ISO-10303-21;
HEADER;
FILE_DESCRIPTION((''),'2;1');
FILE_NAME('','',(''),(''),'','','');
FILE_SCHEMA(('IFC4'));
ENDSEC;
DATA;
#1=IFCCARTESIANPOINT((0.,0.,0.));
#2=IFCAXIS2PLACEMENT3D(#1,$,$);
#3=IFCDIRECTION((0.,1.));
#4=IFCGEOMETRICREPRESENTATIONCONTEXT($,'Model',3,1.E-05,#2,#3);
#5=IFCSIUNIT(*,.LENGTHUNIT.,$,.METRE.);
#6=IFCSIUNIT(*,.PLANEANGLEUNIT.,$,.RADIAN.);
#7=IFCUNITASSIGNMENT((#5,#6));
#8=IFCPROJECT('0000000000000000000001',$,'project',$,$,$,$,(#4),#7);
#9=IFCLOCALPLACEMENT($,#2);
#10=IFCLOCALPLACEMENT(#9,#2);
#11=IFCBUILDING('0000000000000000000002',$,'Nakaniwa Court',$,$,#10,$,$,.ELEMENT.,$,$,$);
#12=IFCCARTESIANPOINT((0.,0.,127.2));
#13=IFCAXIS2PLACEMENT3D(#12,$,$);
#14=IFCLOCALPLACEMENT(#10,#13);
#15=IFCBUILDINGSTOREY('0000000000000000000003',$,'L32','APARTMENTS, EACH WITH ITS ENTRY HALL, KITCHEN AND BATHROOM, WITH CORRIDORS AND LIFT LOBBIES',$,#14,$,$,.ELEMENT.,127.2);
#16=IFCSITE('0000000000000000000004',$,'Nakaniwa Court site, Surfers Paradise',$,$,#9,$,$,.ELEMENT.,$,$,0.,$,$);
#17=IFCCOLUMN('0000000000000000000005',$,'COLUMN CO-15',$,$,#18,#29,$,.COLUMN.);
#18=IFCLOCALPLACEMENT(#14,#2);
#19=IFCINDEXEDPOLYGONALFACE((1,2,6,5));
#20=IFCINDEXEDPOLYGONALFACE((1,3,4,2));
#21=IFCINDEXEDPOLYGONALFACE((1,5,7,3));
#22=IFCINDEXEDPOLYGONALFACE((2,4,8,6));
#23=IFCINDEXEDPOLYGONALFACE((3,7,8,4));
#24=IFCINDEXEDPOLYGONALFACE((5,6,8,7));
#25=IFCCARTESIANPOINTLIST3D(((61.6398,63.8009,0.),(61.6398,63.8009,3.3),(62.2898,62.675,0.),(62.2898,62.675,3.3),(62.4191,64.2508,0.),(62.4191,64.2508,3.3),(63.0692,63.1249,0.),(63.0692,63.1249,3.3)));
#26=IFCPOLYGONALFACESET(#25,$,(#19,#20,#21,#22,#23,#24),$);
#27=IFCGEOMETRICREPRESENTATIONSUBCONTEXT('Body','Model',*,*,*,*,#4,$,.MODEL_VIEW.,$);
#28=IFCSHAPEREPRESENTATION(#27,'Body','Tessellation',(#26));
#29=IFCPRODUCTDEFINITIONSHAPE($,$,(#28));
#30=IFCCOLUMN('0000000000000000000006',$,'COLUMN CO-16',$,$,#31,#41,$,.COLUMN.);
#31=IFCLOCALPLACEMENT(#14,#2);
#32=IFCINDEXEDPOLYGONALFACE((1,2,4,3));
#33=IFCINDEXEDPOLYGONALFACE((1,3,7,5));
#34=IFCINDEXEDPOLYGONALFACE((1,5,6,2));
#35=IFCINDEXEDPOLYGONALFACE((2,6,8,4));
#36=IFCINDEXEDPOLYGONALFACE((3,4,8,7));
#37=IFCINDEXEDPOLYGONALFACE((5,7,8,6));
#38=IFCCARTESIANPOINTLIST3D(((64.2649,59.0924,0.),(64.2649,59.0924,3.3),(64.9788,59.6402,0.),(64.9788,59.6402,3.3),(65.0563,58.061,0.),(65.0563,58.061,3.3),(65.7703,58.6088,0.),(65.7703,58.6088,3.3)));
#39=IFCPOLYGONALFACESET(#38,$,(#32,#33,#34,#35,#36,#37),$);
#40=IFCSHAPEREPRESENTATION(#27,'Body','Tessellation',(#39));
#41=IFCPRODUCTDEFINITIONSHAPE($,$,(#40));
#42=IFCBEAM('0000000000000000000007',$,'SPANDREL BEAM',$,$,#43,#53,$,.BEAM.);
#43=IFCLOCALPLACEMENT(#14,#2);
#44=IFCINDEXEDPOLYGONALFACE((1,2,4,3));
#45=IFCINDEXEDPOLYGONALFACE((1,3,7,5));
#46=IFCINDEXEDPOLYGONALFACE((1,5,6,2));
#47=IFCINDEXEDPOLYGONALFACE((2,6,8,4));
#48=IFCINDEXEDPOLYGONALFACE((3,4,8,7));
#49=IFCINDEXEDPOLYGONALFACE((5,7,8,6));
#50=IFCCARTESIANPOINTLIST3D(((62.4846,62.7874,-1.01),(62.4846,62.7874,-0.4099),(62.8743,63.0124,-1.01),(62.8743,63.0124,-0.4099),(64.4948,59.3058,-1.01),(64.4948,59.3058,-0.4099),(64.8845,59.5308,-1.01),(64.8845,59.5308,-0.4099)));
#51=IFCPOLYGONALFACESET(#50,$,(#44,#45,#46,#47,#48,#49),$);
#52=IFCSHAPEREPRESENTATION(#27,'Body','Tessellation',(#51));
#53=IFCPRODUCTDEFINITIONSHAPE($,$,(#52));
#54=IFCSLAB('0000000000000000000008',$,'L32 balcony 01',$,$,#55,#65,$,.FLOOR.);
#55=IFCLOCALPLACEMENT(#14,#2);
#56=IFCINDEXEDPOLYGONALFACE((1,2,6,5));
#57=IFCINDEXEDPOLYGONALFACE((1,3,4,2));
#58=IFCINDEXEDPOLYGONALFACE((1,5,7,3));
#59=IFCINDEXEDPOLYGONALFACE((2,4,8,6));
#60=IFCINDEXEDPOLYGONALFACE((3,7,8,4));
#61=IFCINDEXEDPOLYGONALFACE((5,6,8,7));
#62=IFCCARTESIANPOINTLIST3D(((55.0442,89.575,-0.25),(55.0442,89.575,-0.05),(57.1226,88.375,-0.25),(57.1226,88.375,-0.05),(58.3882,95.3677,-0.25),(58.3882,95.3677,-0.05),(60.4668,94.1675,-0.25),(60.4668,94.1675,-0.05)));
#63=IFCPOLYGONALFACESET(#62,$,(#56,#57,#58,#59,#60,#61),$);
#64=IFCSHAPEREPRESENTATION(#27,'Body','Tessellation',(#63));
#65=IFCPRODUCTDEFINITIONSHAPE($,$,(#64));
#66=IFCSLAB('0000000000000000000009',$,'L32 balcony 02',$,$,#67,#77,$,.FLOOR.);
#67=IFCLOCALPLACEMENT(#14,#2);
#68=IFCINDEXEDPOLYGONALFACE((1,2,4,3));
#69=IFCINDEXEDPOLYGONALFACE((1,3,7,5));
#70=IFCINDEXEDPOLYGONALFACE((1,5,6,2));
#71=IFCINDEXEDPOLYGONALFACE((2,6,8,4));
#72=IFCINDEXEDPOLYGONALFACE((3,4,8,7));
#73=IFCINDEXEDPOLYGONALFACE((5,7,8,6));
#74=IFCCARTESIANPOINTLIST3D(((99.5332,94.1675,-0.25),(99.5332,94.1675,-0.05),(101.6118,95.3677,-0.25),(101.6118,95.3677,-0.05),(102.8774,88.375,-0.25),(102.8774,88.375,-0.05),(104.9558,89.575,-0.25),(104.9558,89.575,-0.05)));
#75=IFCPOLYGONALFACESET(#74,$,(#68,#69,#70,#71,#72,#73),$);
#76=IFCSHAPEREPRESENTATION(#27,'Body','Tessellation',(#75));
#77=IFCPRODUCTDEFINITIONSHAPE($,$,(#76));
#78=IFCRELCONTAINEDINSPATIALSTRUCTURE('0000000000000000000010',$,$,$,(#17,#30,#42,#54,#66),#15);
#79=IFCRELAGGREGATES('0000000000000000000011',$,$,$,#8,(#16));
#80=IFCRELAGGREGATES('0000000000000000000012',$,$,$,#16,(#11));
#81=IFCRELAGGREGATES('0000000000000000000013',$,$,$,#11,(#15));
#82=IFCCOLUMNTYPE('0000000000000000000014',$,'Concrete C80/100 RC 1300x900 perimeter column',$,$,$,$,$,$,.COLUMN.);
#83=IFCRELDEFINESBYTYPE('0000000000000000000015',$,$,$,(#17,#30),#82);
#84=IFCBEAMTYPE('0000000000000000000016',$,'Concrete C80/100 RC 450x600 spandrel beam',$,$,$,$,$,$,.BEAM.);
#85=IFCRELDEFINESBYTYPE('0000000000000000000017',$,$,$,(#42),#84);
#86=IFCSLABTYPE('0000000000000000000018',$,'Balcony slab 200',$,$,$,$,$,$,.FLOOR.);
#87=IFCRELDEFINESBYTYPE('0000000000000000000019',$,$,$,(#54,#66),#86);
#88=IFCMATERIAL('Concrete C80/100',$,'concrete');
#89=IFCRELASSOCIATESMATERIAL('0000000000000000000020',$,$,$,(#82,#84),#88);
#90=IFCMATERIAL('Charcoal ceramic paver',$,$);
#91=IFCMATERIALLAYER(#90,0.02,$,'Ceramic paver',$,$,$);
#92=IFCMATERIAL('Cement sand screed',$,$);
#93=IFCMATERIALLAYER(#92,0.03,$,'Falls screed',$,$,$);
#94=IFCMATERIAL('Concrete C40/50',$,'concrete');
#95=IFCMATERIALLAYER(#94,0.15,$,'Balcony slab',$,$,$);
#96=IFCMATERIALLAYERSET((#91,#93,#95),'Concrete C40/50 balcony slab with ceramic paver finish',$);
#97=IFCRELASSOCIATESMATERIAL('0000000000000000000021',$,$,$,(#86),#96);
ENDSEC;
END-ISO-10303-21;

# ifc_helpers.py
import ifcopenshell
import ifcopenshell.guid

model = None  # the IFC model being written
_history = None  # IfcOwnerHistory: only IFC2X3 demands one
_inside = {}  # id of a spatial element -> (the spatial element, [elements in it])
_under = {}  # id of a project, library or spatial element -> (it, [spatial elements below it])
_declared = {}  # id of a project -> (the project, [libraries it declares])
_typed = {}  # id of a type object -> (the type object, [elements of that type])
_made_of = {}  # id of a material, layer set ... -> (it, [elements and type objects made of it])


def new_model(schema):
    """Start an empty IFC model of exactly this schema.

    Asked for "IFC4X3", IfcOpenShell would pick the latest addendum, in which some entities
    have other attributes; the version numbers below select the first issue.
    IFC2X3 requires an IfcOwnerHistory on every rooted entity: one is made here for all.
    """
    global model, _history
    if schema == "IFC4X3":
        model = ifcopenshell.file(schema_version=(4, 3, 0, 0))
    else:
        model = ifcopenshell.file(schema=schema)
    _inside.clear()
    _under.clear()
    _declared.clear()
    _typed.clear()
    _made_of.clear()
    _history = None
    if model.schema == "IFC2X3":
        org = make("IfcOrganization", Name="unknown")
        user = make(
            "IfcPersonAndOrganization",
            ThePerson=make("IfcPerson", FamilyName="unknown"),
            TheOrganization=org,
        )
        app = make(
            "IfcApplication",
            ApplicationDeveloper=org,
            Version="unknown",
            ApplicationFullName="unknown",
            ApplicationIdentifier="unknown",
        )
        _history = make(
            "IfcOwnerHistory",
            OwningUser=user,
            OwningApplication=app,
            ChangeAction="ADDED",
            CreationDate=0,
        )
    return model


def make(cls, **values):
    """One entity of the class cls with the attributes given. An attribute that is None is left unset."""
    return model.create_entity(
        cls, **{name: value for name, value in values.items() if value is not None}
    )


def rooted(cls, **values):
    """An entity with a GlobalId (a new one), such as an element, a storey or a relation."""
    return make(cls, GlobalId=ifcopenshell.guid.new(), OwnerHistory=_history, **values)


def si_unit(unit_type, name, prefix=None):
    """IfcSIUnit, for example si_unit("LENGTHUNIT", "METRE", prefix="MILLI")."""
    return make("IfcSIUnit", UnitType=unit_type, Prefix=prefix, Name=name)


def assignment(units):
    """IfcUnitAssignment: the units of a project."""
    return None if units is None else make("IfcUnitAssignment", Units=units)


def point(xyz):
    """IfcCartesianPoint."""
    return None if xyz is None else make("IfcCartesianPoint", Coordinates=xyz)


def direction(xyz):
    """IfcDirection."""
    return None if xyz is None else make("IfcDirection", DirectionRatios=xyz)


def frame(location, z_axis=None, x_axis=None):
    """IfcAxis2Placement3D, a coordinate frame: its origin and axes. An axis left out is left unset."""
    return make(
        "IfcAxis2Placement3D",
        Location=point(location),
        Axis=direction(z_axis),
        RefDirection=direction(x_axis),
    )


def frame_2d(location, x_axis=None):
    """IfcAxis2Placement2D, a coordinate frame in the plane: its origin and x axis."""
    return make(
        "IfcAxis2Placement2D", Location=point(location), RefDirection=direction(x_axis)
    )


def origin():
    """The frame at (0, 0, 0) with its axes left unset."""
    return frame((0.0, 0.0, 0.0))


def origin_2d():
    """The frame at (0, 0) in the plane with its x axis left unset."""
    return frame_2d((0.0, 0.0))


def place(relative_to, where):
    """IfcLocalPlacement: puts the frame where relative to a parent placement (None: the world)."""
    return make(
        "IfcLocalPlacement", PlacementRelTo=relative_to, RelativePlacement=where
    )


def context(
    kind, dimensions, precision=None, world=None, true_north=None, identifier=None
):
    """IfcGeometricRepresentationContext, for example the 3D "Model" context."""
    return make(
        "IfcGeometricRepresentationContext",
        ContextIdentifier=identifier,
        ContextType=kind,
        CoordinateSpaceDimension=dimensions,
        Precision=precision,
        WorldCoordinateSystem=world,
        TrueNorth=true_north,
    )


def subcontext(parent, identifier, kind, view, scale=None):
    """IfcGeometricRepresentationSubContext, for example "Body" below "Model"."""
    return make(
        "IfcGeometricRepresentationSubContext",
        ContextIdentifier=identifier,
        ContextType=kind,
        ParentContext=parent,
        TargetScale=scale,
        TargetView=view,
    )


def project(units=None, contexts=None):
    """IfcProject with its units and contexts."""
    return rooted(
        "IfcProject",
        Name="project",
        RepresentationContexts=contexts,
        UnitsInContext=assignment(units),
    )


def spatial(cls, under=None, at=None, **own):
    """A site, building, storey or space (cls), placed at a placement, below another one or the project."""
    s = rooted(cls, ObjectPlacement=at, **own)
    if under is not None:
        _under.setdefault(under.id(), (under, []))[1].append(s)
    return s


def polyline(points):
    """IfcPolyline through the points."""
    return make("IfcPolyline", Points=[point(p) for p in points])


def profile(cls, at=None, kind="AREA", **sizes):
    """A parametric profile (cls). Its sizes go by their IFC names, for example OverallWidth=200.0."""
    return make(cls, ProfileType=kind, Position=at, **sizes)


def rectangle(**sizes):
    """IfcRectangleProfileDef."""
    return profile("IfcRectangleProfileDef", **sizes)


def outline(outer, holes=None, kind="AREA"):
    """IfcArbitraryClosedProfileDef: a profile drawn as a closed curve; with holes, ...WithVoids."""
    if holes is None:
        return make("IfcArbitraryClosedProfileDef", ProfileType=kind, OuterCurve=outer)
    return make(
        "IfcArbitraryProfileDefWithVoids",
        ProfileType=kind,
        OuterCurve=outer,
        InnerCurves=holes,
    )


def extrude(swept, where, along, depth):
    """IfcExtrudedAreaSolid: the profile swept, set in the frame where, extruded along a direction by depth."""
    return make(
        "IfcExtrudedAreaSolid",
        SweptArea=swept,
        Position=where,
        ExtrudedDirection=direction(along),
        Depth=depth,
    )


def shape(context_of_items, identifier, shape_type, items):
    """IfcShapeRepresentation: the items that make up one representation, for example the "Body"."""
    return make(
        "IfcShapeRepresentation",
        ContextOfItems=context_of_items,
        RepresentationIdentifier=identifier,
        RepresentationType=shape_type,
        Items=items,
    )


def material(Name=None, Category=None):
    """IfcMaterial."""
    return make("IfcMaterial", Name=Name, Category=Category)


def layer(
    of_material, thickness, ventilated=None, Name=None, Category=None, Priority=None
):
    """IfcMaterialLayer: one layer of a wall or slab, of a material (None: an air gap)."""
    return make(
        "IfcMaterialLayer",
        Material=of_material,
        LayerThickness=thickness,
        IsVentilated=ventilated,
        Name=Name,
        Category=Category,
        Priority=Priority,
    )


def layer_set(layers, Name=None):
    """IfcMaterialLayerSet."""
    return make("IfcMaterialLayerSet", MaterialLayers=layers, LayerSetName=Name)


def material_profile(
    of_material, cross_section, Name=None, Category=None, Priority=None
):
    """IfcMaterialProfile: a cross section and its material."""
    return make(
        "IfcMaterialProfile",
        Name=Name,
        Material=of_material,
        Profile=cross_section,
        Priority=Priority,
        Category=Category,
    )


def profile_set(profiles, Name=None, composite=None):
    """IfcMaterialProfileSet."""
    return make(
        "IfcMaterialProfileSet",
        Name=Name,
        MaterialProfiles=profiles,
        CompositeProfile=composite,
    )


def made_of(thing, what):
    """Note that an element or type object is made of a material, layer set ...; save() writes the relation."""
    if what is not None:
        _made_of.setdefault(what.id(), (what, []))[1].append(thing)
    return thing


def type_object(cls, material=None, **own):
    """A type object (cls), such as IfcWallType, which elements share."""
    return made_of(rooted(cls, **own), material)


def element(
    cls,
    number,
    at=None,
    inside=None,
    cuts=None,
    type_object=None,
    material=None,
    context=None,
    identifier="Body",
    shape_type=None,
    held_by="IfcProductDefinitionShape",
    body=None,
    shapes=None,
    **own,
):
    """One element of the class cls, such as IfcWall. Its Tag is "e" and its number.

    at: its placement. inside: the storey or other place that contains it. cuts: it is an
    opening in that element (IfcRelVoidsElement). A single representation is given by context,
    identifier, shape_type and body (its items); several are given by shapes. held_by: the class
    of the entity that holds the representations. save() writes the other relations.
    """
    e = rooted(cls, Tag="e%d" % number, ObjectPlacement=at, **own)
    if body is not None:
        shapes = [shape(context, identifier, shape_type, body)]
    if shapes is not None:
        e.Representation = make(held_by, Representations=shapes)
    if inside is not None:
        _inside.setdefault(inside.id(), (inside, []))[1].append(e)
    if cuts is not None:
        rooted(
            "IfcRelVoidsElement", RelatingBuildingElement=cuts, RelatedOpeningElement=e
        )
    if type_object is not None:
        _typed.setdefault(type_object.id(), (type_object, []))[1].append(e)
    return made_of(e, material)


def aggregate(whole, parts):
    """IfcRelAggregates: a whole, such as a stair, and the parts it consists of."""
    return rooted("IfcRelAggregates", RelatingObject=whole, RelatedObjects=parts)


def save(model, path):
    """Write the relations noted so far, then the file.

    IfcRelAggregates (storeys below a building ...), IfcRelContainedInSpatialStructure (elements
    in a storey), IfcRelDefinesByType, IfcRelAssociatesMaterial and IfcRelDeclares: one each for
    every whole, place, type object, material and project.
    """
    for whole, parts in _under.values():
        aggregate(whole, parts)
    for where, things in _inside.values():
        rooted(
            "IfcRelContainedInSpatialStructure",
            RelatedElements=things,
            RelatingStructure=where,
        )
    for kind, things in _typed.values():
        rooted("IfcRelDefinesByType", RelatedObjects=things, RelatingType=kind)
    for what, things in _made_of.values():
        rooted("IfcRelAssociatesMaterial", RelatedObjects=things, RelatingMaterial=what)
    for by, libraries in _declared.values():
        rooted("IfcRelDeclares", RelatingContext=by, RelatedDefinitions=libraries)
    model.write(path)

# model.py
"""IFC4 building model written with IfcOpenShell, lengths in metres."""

from ifc_helpers import new_model, si_unit, direction, frame, origin, origin_2d, place, context, subcontext, project, spatial, polyline, rectangle, outline, extrude, material, layer, layer_set, material_profile, profile_set, type_object, element, save


model = new_model("IFC4")

# Units and contexts
model_context = context("Model", 3, precision=1e-05, world=origin(), true_north=direction((0.0, 1.0)))
body_context = subcontext(model_context, "Body", "Model", "MODEL_VIEW")
ifc_project = project(units=[si_unit("LENGTHUNIT", "METRE"), si_unit("PLANEANGLEUNIT", "RADIAN")], contexts=[model_context])

# Site, building, storey
site_placement = place(None, origin())
site = spatial("IfcSite", under=ifc_project, at=site_placement, Name="Nakaniwa Court site, Surfers Paradise", CompositionType="ELEMENT", RefElevation=0.0)
building_placement = place(site_placement, origin())
building = spatial("IfcBuilding", under=site, at=building_placement, Name="Nakaniwa Court", CompositionType="ELEMENT")
storey_placement = place(building_placement, frame((0.0, 0.0, 127.2)))
storey = spatial("IfcBuildingStorey", under=building, at=storey_placement, Name="L32", Description="APARTMENTS, EACH WITH ITS ENTRY HALL, KITCHEN AND BATHROOM, WITH CORRIDORS AND LIFT LOBBIES", CompositionType="ELEMENT", Elevation=127.2)

# Columns
ifc_material_1 = material(Name="Concrete C80/100", Category="concrete")
ifc_material_profile_1 = material_profile(ifc_material_1, rectangle(XDim=1.3, YDim=0.8999, at=origin_2d()), Name="Concrete C80/100 RC 1300x900 perimeter column")
ifc_profile_set_1 = profile_set([ifc_material_profile_1], Name="Concrete C80/100")
column_type = type_object("IfcColumnType", Name="Concrete C80/100 RC 1300x900 perimeter column", PredefinedType="COLUMN", material=ifc_profile_set_1)
for number, where, z_axis, x_axis, name in (
    (1, (62.3545, 63.4629, 0.0), (0.0, 0.0, 1.0), (0.5, -0.866025, 0.0), "COLUMN CO-15"),
    (2, (65.0176, 58.8506, 0.0), (0.0, 0.0, 1.0), (0.608761, -0.793353, 0.0), "COLUMN CO-16"),
):
    element("IfcColumn", number, at=place(storey_placement, frame(where, z_axis=z_axis, x_axis=x_axis)), inside=storey, type_object=column_type, Name=name, PredefinedType="COLUMN", context=body_context, shape_type="SweptSolid", body=[
        extrude(rectangle(XDim=1.3, YDim=0.8999, at=origin_2d()), origin(), (0.0, 0.0, 1.0), 3.3),
    ])

# Beam
ifc_material_profile_2 = material_profile(ifc_material_1, rectangle(XDim=0.45, YDim=0.6001, at=origin_2d()), Name="Concrete C80/100 RC 450x600 spandrel beam")
ifc_profile_set_2 = profile_set([ifc_material_profile_2], Name="Concrete C80/100")
beam_type = type_object("IfcBeamType", Name="Concrete C80/100 RC 450x600 spandrel beam", PredefinedType="BEAM", material=ifc_profile_set_2)
beam_placement = place(storey_placement, frame((62.6794, 62.8999, -0.71), z_axis=(0.500019, -0.866015, 0.0), x_axis=(0.866015, 0.500019, 0.0)))
element("IfcBeam", 3, at=beam_placement, inside=storey, type_object=beam_type, Name="SPANDREL BEAM", PredefinedType="BEAM", context=body_context, shape_type="SweptSolid", body=[
    extrude(rectangle(XDim=0.45, YDim=0.6001, at=origin_2d()), origin(), (0.0, 0.0, 1.0), 4.0203),
])

# Slabs
ifc_material_2 = material(Name="Charcoal ceramic paver")
ifc_layer_1 = layer(ifc_material_2, 0.02, Name="Ceramic paver")
ifc_material_3 = material(Name="Cement sand screed")
ifc_layer_2 = layer(ifc_material_3, 0.03, Name="Falls screed")
ifc_material_4 = material(Name="Concrete C40/50", Category="concrete")
ifc_layer_3 = layer(ifc_material_4, 0.15, Name="Balcony slab")
ifc_layer_set_1 = layer_set([ifc_layer_1, ifc_layer_2, ifc_layer_3], Name="Concrete C40/50 balcony slab with ceramic paver finish")
slab_type_1 = type_object("IfcSlabType", Name="Balcony slab 200", PredefinedType="FLOOR", material=ifc_layer_set_1)
slab_1_placement = place(storey_placement, frame((0.0, 0.0, -0.25)))
element("IfcSlab", 4, at=slab_1_placement, inside=storey, type_object=slab_type_1, Name="L32 balcony 01", PredefinedType="FLOOR", context=body_context, shape_type="SweptSolid", body=[
    extrude(outline(polyline([(60.4668, 94.1675), (57.1226, 88.375), (55.0442, 89.575), (58.3882, 95.3677), (60.4668, 94.1675)])), origin(), (0.0, 0.0, 1.0), 0.2),
])
slab_2_placement = place(storey_placement, frame((0.0, 0.0, -0.25)))
element("IfcSlab", 5, at=slab_2_placement, inside=storey, type_object=slab_type_1, Name="L32 balcony 02", PredefinedType="FLOOR", context=body_context, shape_type="SweptSolid", body=[
    extrude(outline(polyline([(102.8774, 88.375), (99.5332, 94.1675), (101.6118, 95.3677), (104.9558, 89.575), (102.8774, 88.375)])), origin(), (0.0, 0.0, 1.0), 0.2),
])

save(model, "model.ifc")
